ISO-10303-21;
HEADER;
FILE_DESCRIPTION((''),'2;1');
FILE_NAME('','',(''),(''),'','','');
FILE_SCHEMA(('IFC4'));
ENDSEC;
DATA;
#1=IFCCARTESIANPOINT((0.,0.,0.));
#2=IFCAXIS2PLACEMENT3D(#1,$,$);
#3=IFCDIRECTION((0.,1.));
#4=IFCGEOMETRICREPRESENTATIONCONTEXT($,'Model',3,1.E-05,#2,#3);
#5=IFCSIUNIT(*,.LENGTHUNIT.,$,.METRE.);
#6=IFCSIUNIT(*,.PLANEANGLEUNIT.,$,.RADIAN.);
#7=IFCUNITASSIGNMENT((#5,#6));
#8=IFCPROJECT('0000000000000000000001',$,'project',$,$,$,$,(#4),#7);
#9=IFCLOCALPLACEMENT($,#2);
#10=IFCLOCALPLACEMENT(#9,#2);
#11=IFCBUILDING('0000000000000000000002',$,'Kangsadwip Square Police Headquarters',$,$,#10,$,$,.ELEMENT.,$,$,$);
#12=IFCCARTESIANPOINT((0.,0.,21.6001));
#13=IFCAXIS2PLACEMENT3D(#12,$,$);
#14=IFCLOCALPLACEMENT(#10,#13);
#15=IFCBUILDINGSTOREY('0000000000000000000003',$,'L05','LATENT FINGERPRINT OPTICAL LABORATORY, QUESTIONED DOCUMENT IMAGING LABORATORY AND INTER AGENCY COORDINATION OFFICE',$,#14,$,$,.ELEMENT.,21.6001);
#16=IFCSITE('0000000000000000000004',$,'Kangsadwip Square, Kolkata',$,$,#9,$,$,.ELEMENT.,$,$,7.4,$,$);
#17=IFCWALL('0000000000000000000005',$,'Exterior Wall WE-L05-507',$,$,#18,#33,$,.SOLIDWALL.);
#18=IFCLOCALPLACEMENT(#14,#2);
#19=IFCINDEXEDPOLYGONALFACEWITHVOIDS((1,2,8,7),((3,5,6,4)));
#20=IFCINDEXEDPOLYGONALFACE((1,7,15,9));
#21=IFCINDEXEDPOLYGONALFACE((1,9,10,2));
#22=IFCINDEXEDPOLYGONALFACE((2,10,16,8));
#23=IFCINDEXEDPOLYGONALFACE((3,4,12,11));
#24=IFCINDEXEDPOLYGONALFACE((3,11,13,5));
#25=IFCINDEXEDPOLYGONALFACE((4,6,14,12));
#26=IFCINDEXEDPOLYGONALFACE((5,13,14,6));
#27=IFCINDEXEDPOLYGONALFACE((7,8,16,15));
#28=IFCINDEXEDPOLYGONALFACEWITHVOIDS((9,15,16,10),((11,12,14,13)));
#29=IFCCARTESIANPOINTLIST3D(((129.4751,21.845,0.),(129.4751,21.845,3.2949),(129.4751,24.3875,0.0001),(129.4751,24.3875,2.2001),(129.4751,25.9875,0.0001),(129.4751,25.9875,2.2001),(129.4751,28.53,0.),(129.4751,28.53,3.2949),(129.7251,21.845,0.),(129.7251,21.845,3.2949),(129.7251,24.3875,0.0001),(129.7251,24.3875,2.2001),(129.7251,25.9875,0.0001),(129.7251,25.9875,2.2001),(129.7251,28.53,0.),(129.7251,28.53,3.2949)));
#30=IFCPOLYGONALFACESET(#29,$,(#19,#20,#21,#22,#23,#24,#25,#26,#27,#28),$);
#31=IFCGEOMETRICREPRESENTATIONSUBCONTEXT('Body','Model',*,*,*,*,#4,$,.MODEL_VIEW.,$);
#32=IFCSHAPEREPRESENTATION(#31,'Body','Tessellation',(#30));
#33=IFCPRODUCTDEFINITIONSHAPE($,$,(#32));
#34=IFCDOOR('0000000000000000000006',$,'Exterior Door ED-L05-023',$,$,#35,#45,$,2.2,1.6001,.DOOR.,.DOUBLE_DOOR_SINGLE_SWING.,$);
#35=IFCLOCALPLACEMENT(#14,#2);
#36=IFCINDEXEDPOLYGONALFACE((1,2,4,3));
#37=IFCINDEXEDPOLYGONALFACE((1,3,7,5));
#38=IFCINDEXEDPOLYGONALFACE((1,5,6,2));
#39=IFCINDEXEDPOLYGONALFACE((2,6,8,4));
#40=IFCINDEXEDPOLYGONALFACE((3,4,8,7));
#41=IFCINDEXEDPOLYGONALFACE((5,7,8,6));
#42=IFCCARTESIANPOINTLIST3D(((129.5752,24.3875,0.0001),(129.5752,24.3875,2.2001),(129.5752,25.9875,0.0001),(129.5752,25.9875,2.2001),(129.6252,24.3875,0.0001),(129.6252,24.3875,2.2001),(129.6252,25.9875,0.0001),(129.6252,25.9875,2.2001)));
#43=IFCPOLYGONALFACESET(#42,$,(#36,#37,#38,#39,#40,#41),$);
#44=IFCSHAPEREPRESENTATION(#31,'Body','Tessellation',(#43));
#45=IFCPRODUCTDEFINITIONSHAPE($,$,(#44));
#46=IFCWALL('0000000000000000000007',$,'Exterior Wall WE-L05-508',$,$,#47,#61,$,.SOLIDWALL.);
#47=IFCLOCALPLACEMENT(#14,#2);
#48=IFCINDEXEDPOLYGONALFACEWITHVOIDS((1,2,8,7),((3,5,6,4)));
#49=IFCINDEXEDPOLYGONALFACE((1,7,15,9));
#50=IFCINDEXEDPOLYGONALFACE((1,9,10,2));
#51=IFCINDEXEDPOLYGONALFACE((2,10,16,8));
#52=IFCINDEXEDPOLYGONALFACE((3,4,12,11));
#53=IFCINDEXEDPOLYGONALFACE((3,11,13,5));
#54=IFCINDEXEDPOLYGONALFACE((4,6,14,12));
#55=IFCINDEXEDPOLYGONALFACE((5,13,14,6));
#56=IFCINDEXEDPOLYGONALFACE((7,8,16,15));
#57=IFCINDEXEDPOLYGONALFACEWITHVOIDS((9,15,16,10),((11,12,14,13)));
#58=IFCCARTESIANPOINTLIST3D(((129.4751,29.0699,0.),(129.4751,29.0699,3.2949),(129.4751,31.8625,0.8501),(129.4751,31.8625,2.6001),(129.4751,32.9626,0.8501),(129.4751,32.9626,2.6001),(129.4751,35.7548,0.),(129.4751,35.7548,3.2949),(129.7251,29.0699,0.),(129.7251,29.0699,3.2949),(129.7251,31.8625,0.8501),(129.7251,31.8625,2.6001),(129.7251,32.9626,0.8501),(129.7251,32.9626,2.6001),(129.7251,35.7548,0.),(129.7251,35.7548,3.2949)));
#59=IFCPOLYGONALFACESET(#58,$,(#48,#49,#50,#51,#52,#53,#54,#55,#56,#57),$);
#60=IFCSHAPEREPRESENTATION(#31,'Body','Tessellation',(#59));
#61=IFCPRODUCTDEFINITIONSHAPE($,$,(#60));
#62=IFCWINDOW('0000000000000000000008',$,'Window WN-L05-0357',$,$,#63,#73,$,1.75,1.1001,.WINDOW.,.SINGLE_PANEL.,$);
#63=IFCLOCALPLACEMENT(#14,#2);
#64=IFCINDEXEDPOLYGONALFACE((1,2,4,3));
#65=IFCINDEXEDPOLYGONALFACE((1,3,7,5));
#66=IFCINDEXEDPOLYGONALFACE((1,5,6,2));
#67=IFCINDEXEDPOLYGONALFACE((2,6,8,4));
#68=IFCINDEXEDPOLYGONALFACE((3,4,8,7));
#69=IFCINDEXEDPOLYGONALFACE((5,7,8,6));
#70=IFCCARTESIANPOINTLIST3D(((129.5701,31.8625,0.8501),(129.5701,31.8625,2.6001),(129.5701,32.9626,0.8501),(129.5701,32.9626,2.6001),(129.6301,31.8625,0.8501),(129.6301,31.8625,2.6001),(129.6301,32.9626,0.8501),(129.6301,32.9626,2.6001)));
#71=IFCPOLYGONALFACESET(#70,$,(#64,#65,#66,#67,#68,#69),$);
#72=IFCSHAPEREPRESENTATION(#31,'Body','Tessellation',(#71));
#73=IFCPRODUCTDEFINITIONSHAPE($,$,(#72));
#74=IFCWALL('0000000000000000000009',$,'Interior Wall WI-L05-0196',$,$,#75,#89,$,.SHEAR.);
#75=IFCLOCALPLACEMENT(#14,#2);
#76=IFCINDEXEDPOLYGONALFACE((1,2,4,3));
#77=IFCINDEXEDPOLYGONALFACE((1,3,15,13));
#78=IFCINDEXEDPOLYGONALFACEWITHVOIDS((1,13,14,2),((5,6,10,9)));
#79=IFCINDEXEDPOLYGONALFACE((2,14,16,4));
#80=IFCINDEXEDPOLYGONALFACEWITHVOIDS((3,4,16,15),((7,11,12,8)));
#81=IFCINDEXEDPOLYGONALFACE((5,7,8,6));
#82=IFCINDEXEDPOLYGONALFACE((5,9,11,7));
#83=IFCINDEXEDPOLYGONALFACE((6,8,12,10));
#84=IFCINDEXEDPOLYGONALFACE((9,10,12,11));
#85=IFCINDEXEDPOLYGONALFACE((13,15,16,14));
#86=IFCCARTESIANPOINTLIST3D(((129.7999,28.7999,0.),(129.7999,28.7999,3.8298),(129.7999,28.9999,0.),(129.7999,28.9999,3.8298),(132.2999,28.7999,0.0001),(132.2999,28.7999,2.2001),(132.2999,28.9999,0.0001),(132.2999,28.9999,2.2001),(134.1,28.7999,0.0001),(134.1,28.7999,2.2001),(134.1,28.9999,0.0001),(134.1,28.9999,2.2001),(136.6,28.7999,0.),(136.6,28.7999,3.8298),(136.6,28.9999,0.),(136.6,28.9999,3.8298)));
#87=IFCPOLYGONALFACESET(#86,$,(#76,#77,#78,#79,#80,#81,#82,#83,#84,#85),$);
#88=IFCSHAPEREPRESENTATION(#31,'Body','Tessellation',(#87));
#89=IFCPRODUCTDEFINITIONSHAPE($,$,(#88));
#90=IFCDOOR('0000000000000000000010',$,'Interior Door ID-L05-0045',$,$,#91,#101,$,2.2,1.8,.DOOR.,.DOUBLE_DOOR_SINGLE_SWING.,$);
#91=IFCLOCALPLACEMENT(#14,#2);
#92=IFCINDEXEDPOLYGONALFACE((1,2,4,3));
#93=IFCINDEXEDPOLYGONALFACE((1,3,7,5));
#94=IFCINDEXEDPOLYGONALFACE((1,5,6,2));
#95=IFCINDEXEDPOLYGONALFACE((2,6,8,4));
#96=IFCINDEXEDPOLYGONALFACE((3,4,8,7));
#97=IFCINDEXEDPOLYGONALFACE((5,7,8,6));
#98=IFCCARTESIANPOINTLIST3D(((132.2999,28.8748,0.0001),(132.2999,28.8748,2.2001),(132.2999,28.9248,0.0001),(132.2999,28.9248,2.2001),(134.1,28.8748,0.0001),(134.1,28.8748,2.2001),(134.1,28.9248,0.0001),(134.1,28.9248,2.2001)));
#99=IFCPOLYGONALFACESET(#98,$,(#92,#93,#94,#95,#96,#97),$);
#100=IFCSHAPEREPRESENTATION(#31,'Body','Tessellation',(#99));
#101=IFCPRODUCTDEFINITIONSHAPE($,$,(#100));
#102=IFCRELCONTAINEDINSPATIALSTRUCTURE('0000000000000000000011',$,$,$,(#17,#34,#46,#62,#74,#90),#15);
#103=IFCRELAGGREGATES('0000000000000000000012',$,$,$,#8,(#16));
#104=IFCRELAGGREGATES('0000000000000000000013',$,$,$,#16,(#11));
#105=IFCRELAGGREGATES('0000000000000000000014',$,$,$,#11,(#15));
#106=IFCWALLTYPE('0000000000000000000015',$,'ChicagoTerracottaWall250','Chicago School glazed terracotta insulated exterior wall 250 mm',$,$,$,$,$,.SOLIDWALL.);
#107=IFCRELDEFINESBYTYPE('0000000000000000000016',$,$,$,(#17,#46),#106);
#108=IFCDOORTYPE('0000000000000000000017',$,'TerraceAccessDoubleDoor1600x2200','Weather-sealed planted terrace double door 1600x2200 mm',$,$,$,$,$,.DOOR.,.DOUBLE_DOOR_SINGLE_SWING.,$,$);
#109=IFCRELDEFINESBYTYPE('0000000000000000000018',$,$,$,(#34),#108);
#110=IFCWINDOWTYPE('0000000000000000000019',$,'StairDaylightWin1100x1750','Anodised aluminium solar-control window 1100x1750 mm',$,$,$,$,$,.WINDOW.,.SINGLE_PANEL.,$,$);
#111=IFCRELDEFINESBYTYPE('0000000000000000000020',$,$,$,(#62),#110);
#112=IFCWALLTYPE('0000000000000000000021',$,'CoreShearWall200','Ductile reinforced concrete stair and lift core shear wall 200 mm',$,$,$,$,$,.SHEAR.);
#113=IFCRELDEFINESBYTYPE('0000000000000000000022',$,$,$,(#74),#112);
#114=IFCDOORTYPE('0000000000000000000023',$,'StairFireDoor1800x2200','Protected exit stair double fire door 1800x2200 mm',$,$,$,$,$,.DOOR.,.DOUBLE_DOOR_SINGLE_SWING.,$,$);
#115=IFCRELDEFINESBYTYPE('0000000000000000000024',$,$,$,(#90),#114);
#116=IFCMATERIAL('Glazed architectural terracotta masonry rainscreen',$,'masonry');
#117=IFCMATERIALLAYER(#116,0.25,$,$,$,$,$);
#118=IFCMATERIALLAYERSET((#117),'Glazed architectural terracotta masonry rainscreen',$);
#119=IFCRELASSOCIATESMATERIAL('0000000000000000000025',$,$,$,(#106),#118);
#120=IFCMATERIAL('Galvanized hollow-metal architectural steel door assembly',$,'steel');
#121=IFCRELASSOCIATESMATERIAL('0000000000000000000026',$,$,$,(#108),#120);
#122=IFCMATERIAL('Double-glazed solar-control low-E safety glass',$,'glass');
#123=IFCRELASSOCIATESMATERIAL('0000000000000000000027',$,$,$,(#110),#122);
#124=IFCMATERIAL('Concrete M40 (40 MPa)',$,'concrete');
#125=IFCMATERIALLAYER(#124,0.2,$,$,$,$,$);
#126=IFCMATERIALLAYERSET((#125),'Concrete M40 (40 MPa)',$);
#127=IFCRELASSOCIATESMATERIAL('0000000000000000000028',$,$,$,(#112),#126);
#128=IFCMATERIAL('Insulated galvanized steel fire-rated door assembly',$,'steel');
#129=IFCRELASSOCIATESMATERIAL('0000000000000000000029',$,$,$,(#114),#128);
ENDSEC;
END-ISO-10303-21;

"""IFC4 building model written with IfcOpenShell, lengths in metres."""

from ifc_helpers import new_model, si_unit, direction, frame, frame_2d, origin, place, context, subcontext, project, spatial, rectangle, extrude, material, layer, layer_set, type_object, element, fill, save


model = new_model("IFC4")

# Units and contexts
model_context = context("Model", 3, precision=1e-05, world=origin(), true_north=direction((0.0, 1.0)))
body_context = subcontext(model_context, "Body", "Model", "MODEL_VIEW")
ifc_project = project(units=[si_unit("LENGTHUNIT", "METRE"), si_unit("PLANEANGLEUNIT", "RADIAN")], contexts=[model_context])

# Site, building, storey
site_placement = place(None, origin())
site = spatial("IfcSite", under=ifc_project, at=site_placement, Name="Kangsadwip Square, Kolkata", CompositionType="ELEMENT", RefElevation=7.4)
building_placement = place(site_placement, origin())
building = spatial("IfcBuilding", under=site, at=building_placement, Name="Kangsadwip Square Police Headquarters", CompositionType="ELEMENT")
storey_placement = place(building_placement, frame((0.0, 0.0, 21.6001)))
storey = spatial("IfcBuildingStorey", under=building, at=storey_placement, Name="L05", Description="LATENT FINGERPRINT OPTICAL LABORATORY, QUESTIONED DOCUMENT IMAGING LABORATORY AND INTER AGENCY COORDINATION OFFICE", CompositionType="ELEMENT", Elevation=21.6001)

# Shared definitions
ifc_material_1 = material(Name="Glazed architectural terracotta masonry rainscreen", Category="masonry")
ifc_layer_1 = layer(ifc_material_1, 0.25)
ifc_layer_set_1 = layer_set([ifc_layer_1], Name="Glazed architectural terracotta masonry rainscreen")
wall_type_1 = type_object("IfcWallType", Name="ChicagoTerracottaWall250", Description="Chicago School glazed terracotta insulated exterior wall 250 mm", PredefinedType="SOLIDWALL", material=ifc_layer_set_1)

# Wall, opening, door
wall_1_placement = place(storey_placement, frame((129.6001, 21.845, 0.0), z_axis=(0.0, 0.0, 1.0), x_axis=(0.0, 1.0, 0.0)))
wall_1 = element("IfcWall", 1, at=wall_1_placement, inside=storey, type_object=wall_type_1, Name="Exterior Wall WE-L05-507", PredefinedType="SOLIDWALL", context=body_context, shape_type="SweptSolid", body=[
    extrude(rectangle(XDim=6.6851, YDim=0.25, at=frame_2d((3.3425, 0.0))), origin(), (0.0, 0.0, 1.0), 3.2949),
])
opening_1_placement = place(wall_1_placement, frame((2.5425, 0.0, 0.0)))
opening_1 = element("IfcOpeningElement", 2, at=opening_1_placement, cuts=wall_1, PredefinedType="OPENING", context=body_context, shape_type="SweptSolid", body=[
    extrude(rectangle(XDim=1.6001, YDim=2.2, at=frame_2d((0.8, 1.1001))), frame((0.0, 0.135, 0.0), z_axis=(0.0, -1.0, 0.0), x_axis=(1.0, 0.0, 0.0)), (0.0, 0.0, 1.0), 0.27),
])
ifc_material_2 = material(Name="Galvanized hollow-metal architectural steel door assembly", Category="steel")
door_type_1 = type_object("IfcDoorType", Name="TerraceAccessDoubleDoor1600x2200", Description="Weather-sealed planted terrace double door 1600x2200 mm", OperationType="DOUBLE_DOOR_SINGLE_SWING", PredefinedType="DOOR", material=ifc_material_2)
door_1_placement = place(opening_1_placement, origin())
door_1 = element("IfcDoor", 3, at=door_1_placement, inside=storey, type_object=door_type_1, Name="Exterior Door ED-L05-023", OperationType="DOUBLE_DOOR_SINGLE_SWING", OverallHeight=2.2, OverallWidth=1.6001, PredefinedType="DOOR", context=body_context, shape_type="SweptSolid", body=[
    extrude(rectangle(XDim=1.6001, YDim=2.2, at=frame_2d((0.8, 1.1001))), frame((0.0, 0.0249, 0.0), z_axis=(0.0, -1.0, 0.0), x_axis=(1.0, 0.0, 0.0)), (0.0, 0.0, 1.0), 0.05),
])
fill(opening_1, door_1)

# Wall, opening, window
wall_2_placement = place(storey_placement, frame((129.6001, 29.0701, 0.0), z_axis=(0.0, 0.0, 1.0), x_axis=(0.0, 1.0, 0.0)))
wall_2 = element("IfcWall", 4, at=wall_2_placement, inside=storey, type_object=wall_type_1, Name="Exterior Wall WE-L05-508", PredefinedType="SOLIDWALL", context=body_context, shape_type="SweptSolid", body=[
    extrude(rectangle(XDim=6.6848, YDim=0.25, at=frame_2d((3.3423, 0.0))), origin(), (0.0, 0.0, 1.0), 3.2949),
])
opening_2_placement = place(wall_2_placement, frame((2.7925, 0.0, 0.8501)))
opening_2 = element("IfcOpeningElement", 5, at=opening_2_placement, cuts=wall_2, PredefinedType="OPENING", context=body_context, shape_type="SweptSolid", body=[
    extrude(rectangle(XDim=1.1001, YDim=1.75, at=frame_2d((0.55, 0.875))), frame((0.0, 0.135, 0.0), z_axis=(0.0, -1.0, 0.0), x_axis=(1.0, 0.0, 0.0)), (0.0, 0.0, 1.0), 0.27),
])
ifc_material_3 = material(Name="Double-glazed solar-control low-E safety glass", Category="glass")
window_type_1 = type_object("IfcWindowType", Name="StairDaylightWin1100x1750", Description="Anodised aluminium solar-control window 1100x1750 mm", PartitioningType="SINGLE_PANEL", PredefinedType="WINDOW", material=ifc_material_3)
window_1_placement = place(opening_2_placement, origin())
window_1 = element("IfcWindow", 6, at=window_1_placement, inside=storey, type_object=window_type_1, Name="Window WN-L05-0357", OverallHeight=1.75, OverallWidth=1.1001, PartitioningType="SINGLE_PANEL", PredefinedType="WINDOW", context=body_context, shape_type="SweptSolid", body=[
    extrude(rectangle(XDim=1.1001, YDim=1.75, at=frame_2d((0.55, 0.875))), frame((0.0, 0.03, 0.0), z_axis=(0.0, -1.0, 0.0), x_axis=(1.0, 0.0, 0.0)), (0.0, 0.0, 1.0), 0.0601),
])
fill(opening_2, window_1)

# Wall, opening, door
ifc_material_4 = material(Name="Concrete M40 (40 MPa)", Category="concrete")
ifc_layer_2 = layer(ifc_material_4, 0.2)
ifc_layer_set_2 = layer_set([ifc_layer_2], Name="Concrete M40 (40 MPa)")
wall_type_2 = type_object("IfcWallType", Name="CoreShearWall200", Description="Ductile reinforced concrete stair and lift core shear wall 200 mm", PredefinedType="SHEAR", material=ifc_layer_set_2)
wall_3_placement = place(storey_placement, frame((129.8, 28.8999, 0.0), z_axis=(0.0, 0.0, 1.0), x_axis=(1.0, 0.0, 0.0)))
wall_3 = element("IfcWall", 7, at=wall_3_placement, inside=storey, type_object=wall_type_2, Name="Interior Wall WI-L05-0196", PredefinedType="SHEAR", context=body_context, shape_type="SweptSolid", body=[
    extrude(rectangle(XDim=6.8, YDim=0.2, at=frame_2d((3.3999, 0.0))), origin(), (0.0, 0.0, 1.0), 3.8298),
])
opening_3_placement = place(wall_3_placement, frame((2.5, 0.0, 0.0)))
opening_3 = element("IfcOpeningElement", 8, at=opening_3_placement, cuts=wall_3, PredefinedType="OPENING", context=body_context, shape_type="SweptSolid", body=[
    extrude(rectangle(XDim=1.8, YDim=2.2, at=frame_2d((0.8999, 1.1001))), frame((0.0, 0.1099, 0.0), z_axis=(0.0, -1.0, 0.0), x_axis=(1.0, 0.0, 0.0)), (0.0, 0.0, 1.0), 0.22),
])
ifc_material_5 = material(Name="Insulated galvanized steel fire-rated door assembly", Category="steel")
door_type_2 = type_object("IfcDoorType", Name="StairFireDoor1800x2200", Description="Protected exit stair double fire door 1800x2200 mm", OperationType="DOUBLE_DOOR_SINGLE_SWING", PredefinedType="DOOR", material=ifc_material_5)
door_2_placement = place(opening_3_placement, origin())
door_2 = element("IfcDoor", 9, at=door_2_placement, inside=storey, type_object=door_type_2, Name="Interior Door ID-L05-0045", OperationType="DOUBLE_DOOR_SINGLE_SWING", OverallHeight=2.2, OverallWidth=1.8, PredefinedType="DOOR", context=body_context, shape_type="SweptSolid", body=[
    extrude(rectangle(XDim=1.8, YDim=2.2, at=frame_2d((0.8999, 1.1001))), frame((0.0, 0.0249, 0.0), z_axis=(0.0, -1.0, 0.0), x_axis=(1.0, 0.0, 0.0)), (0.0, 0.0, 1.0), 0.05),
])
fill(opening_3, door_2)

save(model, "model.ifc")
